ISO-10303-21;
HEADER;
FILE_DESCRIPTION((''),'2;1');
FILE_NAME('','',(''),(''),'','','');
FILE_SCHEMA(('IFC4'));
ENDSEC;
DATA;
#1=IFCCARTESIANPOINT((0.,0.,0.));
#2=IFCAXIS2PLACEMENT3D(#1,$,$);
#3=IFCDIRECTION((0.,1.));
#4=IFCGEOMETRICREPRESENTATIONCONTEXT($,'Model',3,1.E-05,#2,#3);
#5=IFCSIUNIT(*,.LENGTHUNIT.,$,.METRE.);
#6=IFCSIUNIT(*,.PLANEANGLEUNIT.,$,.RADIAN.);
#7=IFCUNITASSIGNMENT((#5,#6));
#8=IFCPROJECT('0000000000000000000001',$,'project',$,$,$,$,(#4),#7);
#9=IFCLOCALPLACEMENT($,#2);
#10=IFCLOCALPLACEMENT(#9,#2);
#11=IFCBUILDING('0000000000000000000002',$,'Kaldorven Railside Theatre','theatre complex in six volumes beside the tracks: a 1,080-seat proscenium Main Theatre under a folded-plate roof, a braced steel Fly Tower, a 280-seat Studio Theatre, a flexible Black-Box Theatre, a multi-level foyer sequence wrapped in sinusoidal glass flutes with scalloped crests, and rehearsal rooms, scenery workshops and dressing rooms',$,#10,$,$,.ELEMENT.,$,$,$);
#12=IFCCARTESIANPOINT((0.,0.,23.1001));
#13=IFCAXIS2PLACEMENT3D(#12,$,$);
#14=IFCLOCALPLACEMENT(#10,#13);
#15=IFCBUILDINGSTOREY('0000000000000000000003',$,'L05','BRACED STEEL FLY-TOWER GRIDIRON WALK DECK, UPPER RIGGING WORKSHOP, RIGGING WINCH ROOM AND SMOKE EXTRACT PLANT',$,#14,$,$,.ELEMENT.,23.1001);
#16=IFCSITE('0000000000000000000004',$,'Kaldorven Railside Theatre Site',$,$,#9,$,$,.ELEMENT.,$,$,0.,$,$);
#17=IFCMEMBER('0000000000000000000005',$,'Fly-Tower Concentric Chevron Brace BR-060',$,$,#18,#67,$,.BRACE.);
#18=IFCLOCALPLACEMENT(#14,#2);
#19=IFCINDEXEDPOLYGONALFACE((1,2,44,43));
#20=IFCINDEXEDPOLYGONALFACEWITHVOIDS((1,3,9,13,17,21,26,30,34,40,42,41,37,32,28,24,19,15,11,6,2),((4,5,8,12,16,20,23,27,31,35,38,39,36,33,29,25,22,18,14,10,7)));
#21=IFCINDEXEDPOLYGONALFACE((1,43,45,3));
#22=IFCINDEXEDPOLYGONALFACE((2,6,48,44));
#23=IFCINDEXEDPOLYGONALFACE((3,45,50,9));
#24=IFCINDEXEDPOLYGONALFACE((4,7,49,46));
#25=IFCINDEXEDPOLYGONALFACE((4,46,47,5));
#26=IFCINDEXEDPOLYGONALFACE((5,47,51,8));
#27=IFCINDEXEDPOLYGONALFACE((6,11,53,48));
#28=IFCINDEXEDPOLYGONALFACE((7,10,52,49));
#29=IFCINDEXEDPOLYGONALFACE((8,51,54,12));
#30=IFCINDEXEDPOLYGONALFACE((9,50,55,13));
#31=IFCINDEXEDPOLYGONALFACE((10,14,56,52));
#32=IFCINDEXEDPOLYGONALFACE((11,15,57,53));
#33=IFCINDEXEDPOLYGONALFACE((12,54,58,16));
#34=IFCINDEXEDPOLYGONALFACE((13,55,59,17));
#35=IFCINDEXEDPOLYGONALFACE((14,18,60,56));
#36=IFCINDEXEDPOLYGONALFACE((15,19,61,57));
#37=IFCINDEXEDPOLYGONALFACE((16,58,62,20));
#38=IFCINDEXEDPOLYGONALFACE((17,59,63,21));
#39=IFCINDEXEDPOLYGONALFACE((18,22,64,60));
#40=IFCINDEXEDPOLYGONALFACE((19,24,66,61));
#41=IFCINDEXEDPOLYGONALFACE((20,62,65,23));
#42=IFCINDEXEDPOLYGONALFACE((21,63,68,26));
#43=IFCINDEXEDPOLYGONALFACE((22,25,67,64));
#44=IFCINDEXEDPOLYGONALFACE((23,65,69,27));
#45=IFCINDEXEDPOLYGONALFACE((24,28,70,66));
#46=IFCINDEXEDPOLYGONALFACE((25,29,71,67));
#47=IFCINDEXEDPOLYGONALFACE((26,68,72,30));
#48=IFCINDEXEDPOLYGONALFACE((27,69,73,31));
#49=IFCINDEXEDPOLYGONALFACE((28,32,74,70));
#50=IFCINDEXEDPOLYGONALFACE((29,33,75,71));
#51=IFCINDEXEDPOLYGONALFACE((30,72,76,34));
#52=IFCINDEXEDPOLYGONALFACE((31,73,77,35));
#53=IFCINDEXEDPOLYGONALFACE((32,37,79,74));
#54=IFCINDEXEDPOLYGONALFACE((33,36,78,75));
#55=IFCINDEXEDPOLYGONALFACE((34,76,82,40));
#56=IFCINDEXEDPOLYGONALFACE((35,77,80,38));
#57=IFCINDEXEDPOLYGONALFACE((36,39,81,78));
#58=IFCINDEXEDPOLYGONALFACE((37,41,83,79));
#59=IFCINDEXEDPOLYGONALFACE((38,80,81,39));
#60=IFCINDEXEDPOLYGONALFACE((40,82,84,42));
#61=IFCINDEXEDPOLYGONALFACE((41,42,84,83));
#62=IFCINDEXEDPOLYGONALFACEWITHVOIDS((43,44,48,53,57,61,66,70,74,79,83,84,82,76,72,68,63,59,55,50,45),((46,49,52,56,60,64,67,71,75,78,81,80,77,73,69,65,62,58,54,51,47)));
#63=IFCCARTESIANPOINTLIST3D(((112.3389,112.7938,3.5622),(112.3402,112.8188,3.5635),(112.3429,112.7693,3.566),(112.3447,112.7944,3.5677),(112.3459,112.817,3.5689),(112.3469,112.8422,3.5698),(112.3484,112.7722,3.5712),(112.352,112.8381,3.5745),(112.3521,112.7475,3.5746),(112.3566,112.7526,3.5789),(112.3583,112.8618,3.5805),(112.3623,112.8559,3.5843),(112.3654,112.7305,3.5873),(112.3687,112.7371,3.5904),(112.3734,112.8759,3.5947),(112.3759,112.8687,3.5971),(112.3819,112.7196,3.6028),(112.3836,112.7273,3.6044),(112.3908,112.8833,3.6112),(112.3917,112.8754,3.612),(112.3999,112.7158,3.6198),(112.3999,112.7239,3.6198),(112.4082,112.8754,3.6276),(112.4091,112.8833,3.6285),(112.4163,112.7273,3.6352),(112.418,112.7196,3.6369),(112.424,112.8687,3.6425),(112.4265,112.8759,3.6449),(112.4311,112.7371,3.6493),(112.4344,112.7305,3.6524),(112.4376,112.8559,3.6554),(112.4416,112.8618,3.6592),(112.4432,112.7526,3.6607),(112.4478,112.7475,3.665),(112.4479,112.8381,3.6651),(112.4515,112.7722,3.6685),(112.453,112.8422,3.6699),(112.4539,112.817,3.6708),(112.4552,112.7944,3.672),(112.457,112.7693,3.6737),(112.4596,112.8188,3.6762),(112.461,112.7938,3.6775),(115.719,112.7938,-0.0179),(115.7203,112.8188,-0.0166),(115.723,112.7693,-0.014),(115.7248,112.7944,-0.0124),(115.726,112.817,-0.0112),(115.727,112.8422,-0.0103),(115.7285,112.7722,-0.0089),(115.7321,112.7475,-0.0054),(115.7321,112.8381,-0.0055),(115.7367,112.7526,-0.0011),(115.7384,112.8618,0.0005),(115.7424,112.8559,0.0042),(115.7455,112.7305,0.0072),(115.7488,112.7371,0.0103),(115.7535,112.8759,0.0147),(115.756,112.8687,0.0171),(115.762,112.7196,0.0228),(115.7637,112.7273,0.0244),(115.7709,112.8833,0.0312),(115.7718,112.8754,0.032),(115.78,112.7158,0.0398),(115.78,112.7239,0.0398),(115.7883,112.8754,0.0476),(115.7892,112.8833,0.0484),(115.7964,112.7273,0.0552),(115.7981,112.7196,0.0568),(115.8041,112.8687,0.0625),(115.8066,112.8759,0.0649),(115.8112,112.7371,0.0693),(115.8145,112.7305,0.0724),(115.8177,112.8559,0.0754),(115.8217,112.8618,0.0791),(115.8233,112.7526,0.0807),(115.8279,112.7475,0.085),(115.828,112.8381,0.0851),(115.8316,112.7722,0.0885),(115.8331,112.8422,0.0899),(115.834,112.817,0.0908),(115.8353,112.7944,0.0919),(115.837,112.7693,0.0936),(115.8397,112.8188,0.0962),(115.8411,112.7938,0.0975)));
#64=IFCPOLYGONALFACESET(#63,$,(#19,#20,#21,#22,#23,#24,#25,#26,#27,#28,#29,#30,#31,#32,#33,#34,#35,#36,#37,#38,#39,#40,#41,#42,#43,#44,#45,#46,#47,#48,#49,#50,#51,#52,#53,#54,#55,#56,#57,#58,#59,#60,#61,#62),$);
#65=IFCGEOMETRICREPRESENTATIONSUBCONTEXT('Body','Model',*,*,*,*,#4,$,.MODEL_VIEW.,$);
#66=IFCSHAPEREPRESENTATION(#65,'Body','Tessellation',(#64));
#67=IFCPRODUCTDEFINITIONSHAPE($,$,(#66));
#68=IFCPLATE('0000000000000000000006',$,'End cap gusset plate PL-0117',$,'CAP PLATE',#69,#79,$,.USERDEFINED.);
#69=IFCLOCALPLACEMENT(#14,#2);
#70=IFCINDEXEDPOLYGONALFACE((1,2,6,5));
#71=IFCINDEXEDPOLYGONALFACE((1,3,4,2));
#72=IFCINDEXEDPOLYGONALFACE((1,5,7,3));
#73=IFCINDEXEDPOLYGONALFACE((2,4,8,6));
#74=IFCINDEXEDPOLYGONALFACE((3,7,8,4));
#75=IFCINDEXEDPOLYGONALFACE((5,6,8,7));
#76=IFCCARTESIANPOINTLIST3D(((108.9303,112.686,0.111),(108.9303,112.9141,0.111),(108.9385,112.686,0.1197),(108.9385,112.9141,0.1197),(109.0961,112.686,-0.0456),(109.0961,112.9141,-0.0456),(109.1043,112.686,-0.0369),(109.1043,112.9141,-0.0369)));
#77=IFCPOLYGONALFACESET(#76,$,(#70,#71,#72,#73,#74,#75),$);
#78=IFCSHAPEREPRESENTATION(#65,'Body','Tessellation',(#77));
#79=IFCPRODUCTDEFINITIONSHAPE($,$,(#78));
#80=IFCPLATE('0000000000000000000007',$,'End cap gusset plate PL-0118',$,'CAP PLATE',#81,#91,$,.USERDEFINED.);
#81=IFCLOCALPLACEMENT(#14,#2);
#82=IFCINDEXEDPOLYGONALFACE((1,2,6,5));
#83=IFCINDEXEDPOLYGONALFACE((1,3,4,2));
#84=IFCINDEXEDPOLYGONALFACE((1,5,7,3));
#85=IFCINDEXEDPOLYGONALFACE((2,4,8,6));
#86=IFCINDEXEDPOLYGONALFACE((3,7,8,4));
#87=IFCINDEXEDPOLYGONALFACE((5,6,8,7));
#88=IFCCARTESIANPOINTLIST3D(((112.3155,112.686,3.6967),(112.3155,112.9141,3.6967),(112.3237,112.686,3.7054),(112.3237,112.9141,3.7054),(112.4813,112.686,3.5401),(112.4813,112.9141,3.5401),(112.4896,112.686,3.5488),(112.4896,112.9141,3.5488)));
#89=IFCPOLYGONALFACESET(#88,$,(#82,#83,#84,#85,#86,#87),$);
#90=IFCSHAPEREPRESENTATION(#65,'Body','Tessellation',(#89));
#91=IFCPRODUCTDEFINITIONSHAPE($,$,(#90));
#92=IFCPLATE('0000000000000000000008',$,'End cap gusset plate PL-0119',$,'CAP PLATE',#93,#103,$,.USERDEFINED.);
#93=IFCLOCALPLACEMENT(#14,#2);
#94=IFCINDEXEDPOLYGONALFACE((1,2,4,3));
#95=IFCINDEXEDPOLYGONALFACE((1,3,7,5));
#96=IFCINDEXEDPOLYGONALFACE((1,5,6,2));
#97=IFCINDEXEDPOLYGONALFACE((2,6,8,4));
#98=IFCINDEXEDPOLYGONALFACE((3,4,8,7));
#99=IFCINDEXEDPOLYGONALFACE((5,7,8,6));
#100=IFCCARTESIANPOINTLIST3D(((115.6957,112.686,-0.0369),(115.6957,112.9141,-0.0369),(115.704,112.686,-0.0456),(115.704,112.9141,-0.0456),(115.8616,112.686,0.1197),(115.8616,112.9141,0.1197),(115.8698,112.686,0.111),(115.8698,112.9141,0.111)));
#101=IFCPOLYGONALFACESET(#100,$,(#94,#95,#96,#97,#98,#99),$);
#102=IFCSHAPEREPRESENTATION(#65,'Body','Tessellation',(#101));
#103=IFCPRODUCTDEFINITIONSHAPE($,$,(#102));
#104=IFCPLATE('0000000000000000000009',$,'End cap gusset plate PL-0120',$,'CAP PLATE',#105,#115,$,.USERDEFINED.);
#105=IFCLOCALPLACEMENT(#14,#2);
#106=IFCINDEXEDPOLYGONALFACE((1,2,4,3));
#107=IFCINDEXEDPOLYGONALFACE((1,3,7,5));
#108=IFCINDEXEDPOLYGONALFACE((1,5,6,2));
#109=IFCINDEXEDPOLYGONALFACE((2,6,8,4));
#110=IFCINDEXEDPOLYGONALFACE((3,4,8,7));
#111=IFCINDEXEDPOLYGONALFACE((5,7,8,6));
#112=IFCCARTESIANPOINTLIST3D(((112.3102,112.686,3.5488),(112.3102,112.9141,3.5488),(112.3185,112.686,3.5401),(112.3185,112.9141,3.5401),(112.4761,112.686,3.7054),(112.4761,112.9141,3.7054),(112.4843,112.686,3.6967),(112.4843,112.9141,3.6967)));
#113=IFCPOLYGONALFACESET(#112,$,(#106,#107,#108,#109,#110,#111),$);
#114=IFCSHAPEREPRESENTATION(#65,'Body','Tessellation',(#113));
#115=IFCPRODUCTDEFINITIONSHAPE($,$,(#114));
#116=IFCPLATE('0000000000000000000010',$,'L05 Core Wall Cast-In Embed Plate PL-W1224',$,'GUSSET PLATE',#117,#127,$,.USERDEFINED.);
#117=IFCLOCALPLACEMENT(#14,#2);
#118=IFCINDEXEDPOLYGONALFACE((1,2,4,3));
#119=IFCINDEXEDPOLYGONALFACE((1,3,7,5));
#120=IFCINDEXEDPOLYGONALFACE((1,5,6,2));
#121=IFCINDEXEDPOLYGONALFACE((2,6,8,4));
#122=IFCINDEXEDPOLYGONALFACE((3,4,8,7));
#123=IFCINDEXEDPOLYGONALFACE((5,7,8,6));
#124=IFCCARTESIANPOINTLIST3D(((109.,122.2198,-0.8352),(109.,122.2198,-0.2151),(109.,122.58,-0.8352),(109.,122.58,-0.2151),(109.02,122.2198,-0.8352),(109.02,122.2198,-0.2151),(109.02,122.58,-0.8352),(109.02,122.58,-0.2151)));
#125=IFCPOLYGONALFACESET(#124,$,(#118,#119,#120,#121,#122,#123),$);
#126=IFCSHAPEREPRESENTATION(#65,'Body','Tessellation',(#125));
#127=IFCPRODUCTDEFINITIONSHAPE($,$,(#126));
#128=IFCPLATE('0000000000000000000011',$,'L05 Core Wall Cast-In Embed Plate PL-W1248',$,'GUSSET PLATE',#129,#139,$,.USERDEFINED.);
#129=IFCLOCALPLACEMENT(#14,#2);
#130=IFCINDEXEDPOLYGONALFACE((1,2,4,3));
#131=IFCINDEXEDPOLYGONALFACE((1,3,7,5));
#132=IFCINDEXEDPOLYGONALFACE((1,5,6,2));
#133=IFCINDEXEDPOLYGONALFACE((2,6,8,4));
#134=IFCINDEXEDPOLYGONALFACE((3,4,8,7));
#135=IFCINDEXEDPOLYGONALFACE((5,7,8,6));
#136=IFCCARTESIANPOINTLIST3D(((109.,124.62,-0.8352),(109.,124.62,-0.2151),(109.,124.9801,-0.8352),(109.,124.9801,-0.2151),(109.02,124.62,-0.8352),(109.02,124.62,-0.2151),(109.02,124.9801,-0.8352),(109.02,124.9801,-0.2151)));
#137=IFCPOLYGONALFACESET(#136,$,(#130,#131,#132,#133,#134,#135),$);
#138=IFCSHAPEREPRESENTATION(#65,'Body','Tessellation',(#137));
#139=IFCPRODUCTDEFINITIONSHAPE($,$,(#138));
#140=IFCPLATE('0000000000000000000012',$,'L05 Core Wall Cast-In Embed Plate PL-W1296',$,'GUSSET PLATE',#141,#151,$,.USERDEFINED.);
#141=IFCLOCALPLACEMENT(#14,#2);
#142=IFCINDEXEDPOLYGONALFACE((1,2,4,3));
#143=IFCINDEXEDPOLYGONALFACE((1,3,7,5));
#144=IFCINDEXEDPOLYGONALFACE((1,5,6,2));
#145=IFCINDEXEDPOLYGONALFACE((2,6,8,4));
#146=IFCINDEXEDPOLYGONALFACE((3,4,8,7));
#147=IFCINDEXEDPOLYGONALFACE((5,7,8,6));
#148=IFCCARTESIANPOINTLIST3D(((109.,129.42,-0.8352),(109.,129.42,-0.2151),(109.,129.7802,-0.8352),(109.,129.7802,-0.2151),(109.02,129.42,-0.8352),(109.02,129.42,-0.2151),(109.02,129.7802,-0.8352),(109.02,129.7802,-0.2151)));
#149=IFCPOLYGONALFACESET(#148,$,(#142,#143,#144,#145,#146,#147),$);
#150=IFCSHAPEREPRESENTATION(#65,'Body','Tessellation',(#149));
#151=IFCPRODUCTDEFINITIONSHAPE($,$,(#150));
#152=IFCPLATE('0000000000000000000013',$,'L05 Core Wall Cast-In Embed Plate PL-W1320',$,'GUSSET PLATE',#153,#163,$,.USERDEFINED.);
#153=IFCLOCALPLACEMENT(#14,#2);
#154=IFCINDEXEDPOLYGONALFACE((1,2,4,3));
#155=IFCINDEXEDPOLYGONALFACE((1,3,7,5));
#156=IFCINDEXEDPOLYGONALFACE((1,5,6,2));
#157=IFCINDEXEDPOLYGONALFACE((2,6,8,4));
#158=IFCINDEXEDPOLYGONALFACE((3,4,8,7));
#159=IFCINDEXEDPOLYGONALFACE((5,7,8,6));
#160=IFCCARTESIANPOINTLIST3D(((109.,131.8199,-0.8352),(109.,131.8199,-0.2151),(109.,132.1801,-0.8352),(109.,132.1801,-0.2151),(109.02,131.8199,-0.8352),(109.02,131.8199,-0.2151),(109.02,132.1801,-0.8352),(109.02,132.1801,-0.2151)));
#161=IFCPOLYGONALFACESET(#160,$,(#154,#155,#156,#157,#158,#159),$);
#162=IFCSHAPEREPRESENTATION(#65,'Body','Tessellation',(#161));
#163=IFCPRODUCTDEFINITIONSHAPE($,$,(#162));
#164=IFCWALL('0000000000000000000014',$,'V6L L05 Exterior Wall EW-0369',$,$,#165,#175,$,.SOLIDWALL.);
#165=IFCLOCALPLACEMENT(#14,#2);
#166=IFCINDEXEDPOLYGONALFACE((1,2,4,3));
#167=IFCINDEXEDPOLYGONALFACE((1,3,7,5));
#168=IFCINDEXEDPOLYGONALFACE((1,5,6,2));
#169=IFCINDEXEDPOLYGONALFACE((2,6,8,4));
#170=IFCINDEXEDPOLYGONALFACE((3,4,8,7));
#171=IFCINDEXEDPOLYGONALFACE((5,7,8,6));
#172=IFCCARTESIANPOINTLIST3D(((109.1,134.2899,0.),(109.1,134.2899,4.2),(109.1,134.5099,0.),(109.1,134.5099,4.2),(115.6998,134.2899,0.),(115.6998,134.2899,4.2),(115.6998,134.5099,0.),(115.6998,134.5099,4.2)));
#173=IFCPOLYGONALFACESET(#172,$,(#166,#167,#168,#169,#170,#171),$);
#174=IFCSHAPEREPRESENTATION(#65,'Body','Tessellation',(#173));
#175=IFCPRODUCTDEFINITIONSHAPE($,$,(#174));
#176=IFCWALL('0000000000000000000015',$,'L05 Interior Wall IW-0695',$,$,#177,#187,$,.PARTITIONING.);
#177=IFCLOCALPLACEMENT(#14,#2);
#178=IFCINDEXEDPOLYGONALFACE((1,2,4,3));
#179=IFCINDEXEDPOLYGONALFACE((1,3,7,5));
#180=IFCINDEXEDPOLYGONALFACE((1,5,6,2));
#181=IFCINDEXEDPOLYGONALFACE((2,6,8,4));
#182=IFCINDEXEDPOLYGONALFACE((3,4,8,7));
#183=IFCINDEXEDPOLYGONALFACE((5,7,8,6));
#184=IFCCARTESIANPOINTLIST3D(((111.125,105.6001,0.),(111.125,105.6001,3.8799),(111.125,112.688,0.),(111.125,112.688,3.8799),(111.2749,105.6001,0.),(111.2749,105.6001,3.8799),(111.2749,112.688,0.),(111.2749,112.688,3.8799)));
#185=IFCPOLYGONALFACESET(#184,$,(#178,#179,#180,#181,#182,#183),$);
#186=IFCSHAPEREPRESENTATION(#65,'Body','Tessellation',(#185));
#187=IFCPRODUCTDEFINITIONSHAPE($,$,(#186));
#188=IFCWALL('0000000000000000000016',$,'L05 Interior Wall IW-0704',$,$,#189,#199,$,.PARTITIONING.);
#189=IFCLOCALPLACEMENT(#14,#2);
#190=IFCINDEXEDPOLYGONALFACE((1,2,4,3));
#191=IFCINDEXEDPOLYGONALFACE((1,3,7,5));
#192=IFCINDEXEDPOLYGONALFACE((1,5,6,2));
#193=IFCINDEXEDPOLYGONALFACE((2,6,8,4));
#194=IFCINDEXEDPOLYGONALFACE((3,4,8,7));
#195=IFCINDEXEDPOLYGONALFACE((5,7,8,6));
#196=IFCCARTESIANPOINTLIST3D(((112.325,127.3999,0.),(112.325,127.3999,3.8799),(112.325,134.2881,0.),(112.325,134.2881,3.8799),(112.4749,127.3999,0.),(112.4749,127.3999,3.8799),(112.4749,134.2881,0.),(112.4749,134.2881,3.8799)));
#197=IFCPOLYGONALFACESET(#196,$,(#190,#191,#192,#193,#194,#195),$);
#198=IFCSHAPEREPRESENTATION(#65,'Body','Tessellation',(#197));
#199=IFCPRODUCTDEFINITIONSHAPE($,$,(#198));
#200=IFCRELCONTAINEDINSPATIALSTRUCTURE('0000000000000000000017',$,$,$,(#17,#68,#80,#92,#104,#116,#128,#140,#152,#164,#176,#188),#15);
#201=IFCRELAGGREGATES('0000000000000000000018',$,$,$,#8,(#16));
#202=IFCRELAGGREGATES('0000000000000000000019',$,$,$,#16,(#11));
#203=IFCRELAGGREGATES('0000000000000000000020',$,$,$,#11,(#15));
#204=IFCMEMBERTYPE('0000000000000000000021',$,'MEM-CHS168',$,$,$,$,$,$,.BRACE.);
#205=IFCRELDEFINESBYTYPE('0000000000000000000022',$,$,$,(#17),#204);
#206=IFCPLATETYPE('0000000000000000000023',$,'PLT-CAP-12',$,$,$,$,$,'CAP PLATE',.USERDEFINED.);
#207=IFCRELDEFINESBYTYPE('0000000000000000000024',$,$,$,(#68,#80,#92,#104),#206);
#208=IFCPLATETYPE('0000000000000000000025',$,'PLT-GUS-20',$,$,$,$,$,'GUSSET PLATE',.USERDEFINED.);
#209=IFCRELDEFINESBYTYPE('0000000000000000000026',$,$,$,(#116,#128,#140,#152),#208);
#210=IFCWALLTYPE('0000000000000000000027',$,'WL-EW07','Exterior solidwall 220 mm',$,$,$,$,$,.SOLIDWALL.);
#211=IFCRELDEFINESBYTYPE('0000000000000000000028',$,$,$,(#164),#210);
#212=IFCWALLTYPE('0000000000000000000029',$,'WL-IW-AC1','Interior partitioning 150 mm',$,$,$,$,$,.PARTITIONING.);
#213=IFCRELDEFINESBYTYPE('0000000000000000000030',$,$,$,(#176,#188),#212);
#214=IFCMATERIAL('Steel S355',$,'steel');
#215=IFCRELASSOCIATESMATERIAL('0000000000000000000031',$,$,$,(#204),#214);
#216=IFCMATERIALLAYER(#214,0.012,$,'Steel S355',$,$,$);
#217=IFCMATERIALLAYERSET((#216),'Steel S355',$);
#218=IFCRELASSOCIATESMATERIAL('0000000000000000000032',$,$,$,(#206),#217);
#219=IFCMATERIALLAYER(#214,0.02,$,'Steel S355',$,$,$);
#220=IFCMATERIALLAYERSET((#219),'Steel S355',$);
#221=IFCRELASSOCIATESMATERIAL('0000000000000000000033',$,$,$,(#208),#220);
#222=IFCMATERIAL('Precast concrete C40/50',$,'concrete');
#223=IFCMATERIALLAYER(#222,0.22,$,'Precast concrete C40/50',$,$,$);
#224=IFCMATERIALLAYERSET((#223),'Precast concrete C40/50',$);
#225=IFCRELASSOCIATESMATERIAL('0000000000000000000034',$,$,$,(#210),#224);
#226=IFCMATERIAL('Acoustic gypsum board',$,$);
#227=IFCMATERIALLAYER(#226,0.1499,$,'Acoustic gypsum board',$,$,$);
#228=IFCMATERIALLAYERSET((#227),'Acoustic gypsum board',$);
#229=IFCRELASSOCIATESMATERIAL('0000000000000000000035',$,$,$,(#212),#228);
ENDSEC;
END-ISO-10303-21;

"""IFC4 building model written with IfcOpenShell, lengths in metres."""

from ifc_helpers import new_model, si_unit, direction, frame, frame_2d, origin, origin_2d, place, context, subcontext, project, spatial, rectangle, hollow_circle, extrude, material, layer, layer_set, material_profile, profile_set, type_object, element, save


model = new_model("IFC4")

# Units and contexts
model_context = context("Model", 3, precision=1e-05, world=origin(), true_north=direction((0.0, 1.0)))
body_context = subcontext(model_context, "Body", "Model", "MODEL_VIEW")
ifc_project = project(units=[si_unit("LENGTHUNIT", "METRE"), si_unit("PLANEANGLEUNIT", "RADIAN")], contexts=[model_context])

# Site, building, storey
site_placement = place(None, origin())
site = spatial("IfcSite", under=ifc_project, at=site_placement, Name="Kaldorven Railside Theatre Site", CompositionType="ELEMENT", RefElevation=0.0)
building_placement = place(site_placement, origin())
building = spatial("IfcBuilding", under=site, at=building_placement, Name="Kaldorven Railside Theatre", Description="theatre complex in six volumes beside the tracks: a 1,080-seat proscenium Main Theatre under a folded-plate roof, a braced steel Fly Tower, a 280-seat Studio Theatre, a flexible Black-Box Theatre, a multi-level foyer sequence wrapped in sinusoidal glass flutes with scalloped crests, and rehearsal rooms, scenery workshops and dressing rooms", CompositionType="ELEMENT")
storey_placement = place(building_placement, frame((0.0, 0.0, 23.1001)))
storey = spatial("IfcBuildingStorey", under=building, at=storey_placement, Name="L05", Description="BRACED STEEL FLY-TOWER GRIDIRON WALK DECK, UPPER RIGGING WORKSHOP, RIGGING WINCH ROOM AND SMOKE EXTRACT PLANT", CompositionType="ELEMENT", Elevation=23.1001)

# Shared definitions
ifc_material_1 = material(Name="Steel S355", Category="steel")

# Member
ifc_material_profile_1 = material_profile(ifc_material_1, hollow_circle(Radius=0.0842, WallThickness=0.0081, at=origin_2d()), Name="CHS 168.3x8")
ifc_profile_set_1 = profile_set([ifc_material_profile_1], Name="Steel S355")
member_type = type_object("IfcMemberType", Name="MEM-CHS168", PredefinedType="BRACE", material=ifc_profile_set_1)
for number, where, z_axis, x_axis, name in (
    (1, (115.78, 112.8, 0.0398), (-0.68651, 0.0, 0.72712), (0.0, -1.0, 0.0), "Fly-Tower Concentric Chevron Brace BR-060"),
):
    element("IfcMember", number, at=place(storey_placement, frame(where, z_axis=z_axis, x_axis=x_axis)), inside=storey, type_object=member_type, Name=name, PredefinedType="BRACE", context=body_context, shape_type="SweptSolid", body=[
        extrude(hollow_circle(Radius=0.0842, WallThickness=0.0081, at=origin_2d()), origin(), (0.0, 0.0, 1.0), 4.9236),
    ])

# Plates
ifc_layer_1 = layer(ifc_material_1, 0.012, Name="Steel S355")
ifc_layer_set_1 = layer_set([ifc_layer_1], Name="Steel S355")
plate_type_1 = type_object("IfcPlateType", Name="PLT-CAP-12", ElementType="CAP PLATE", PredefinedType="USERDEFINED", material=ifc_layer_set_1)
for number, where, z_axis, x_axis, name in (
    (2, (109.0132, 112.8, 0.0327), (0.686453, 0.0, 0.727174), (0.0, 1.0, 0.0), "End cap gusset plate PL-0117"),
    (3, (112.3984, 112.8, 3.6184), (0.686453, 0.0, 0.727174), (0.0, 1.0, 0.0), "End cap gusset plate PL-0118"),
    (4, (115.7869, 112.8, 0.0327), (-0.686453, 0.0, 0.727174), (0.0, -1.0, 0.0), "End cap gusset plate PL-0119"),
    (5, (112.4014, 112.8, 3.6184), (-0.686453, 0.0, 0.727174), (0.0, -1.0, 0.0), "End cap gusset plate PL-0120"),
):
    element("IfcPlate", number, at=place(storey_placement, frame(where, z_axis=z_axis, x_axis=x_axis)), inside=storey, type_object=plate_type_1, Name=name, ObjectType="CAP PLATE", PredefinedType="USERDEFINED", context=body_context, shape_type="SweptSolid", body=[
        extrude(rectangle(XDim=0.228, YDim=0.228, at=origin_2d()), origin(), (0.0, 0.0, 1.0), 0.012),
    ])
ifc_layer_2 = layer(ifc_material_1, 0.02, Name="Steel S355")
ifc_layer_set_2 = layer_set([ifc_layer_2], Name="Steel S355")
plate_type_2 = type_object("IfcPlateType", Name="PLT-GUS-20", ElementType="GUSSET PLATE", PredefinedType="USERDEFINED", material=ifc_layer_set_2)
for number, where, z_axis, x_axis, name in (
    (6, (109.0, 122.3999, -0.5251), (1.0, 0.0, 0.0), (0.0, 1.0, 0.0), "L05 Core Wall Cast-In Embed Plate PL-W1224"),
    (7, (109.0, 124.8, -0.5251), (1.0, 0.0, 0.0), (0.0, 1.0, 0.0), "L05 Core Wall Cast-In Embed Plate PL-W1248"),
    (8, (109.0, 129.6001, -0.5251), (1.0, 0.0, 0.0), (0.0, 1.0, 0.0), "L05 Core Wall Cast-In Embed Plate PL-W1296"),
    (9, (109.0, 132.0, -0.5251), (1.0, 0.0, 0.0), (0.0, 1.0, 0.0), "L05 Core Wall Cast-In Embed Plate PL-W1320"),
):
    element("IfcPlate", number, at=place(storey_placement, frame(where, z_axis=z_axis, x_axis=x_axis)), inside=storey, type_object=plate_type_2, Name=name, ObjectType="GUSSET PLATE", PredefinedType="USERDEFINED", context=body_context, shape_type="SweptSolid", body=[
        extrude(rectangle(XDim=0.3601, YDim=0.6201, at=origin_2d()), origin(), (0.0, 0.0, 1.0), 0.02),
    ])

# Walls
ifc_material_2 = material(Name="Precast concrete C40/50", Category="concrete")
ifc_layer_3 = layer(ifc_material_2, 0.22, Name="Precast concrete C40/50")
ifc_layer_set_3 = layer_set([ifc_layer_3], Name="Precast concrete C40/50")
wall_type_1 = type_object("IfcWallType", Name="WL-EW07", Description="Exterior solidwall 220 mm", PredefinedType="SOLIDWALL", material=ifc_layer_set_3)
wall_1_placement = place(storey_placement, frame((109.1001, 134.3999, 0.0), z_axis=(0.0, 0.0, 1.0), x_axis=(1.0, 0.0, 0.0)))
element("IfcWall", 10, at=wall_1_placement, inside=storey, type_object=wall_type_1, Name="V6L L05 Exterior Wall EW-0369", PredefinedType="SOLIDWALL", context=body_context, shape_type="SweptSolid", body=[
    extrude(rectangle(XDim=6.5999, YDim=0.22, at=frame_2d((3.2998, 0.0))), origin(), (0.0, 0.0, 1.0), 4.2),
])
ifc_material_3 = material(Name="Acoustic gypsum board")
ifc_layer_4 = layer(ifc_material_3, 0.1499, Name="Acoustic gypsum board")
ifc_layer_set_4 = layer_set([ifc_layer_4], Name="Acoustic gypsum board")
wall_type_2 = type_object("IfcWallType", Name="WL-IW-AC1", Description="Interior partitioning 150 mm", PredefinedType="PARTITIONING", material=ifc_layer_set_4)
wall_2_placement = place(storey_placement, frame((111.2, 105.6001, 0.0), z_axis=(0.0, 0.0, 1.0), x_axis=(0.0, 1.0, 0.0)))
element("IfcWall", 11, at=wall_2_placement, inside=storey, type_object=wall_type_2, Name="L05 Interior Wall IW-0695", PredefinedType="PARTITIONING", context=body_context, shape_type="SweptSolid", body=[
    extrude(rectangle(XDim=7.0879, YDim=0.1499, at=frame_2d((3.5439, 0.0))), origin(), (0.0, 0.0, 1.0), 3.8799),
])
wall_3_placement = place(storey_placement, frame((112.3999, 134.2881, 0.0), z_axis=(0.0, 0.0, 1.0), x_axis=(0.0, -1.0, 0.0)))
element("IfcWall", 12, at=wall_3_placement, inside=storey, type_object=wall_type_2, Name="L05 Interior Wall IW-0704", PredefinedType="PARTITIONING", context=body_context, shape_type="SweptSolid", body=[
    extrude(rectangle(XDim=6.8882, YDim=0.1499, at=frame_2d((3.4441, 0.0))), origin(), (0.0, 0.0, 1.0), 3.8799),
])

save(model, "model.ifc")
